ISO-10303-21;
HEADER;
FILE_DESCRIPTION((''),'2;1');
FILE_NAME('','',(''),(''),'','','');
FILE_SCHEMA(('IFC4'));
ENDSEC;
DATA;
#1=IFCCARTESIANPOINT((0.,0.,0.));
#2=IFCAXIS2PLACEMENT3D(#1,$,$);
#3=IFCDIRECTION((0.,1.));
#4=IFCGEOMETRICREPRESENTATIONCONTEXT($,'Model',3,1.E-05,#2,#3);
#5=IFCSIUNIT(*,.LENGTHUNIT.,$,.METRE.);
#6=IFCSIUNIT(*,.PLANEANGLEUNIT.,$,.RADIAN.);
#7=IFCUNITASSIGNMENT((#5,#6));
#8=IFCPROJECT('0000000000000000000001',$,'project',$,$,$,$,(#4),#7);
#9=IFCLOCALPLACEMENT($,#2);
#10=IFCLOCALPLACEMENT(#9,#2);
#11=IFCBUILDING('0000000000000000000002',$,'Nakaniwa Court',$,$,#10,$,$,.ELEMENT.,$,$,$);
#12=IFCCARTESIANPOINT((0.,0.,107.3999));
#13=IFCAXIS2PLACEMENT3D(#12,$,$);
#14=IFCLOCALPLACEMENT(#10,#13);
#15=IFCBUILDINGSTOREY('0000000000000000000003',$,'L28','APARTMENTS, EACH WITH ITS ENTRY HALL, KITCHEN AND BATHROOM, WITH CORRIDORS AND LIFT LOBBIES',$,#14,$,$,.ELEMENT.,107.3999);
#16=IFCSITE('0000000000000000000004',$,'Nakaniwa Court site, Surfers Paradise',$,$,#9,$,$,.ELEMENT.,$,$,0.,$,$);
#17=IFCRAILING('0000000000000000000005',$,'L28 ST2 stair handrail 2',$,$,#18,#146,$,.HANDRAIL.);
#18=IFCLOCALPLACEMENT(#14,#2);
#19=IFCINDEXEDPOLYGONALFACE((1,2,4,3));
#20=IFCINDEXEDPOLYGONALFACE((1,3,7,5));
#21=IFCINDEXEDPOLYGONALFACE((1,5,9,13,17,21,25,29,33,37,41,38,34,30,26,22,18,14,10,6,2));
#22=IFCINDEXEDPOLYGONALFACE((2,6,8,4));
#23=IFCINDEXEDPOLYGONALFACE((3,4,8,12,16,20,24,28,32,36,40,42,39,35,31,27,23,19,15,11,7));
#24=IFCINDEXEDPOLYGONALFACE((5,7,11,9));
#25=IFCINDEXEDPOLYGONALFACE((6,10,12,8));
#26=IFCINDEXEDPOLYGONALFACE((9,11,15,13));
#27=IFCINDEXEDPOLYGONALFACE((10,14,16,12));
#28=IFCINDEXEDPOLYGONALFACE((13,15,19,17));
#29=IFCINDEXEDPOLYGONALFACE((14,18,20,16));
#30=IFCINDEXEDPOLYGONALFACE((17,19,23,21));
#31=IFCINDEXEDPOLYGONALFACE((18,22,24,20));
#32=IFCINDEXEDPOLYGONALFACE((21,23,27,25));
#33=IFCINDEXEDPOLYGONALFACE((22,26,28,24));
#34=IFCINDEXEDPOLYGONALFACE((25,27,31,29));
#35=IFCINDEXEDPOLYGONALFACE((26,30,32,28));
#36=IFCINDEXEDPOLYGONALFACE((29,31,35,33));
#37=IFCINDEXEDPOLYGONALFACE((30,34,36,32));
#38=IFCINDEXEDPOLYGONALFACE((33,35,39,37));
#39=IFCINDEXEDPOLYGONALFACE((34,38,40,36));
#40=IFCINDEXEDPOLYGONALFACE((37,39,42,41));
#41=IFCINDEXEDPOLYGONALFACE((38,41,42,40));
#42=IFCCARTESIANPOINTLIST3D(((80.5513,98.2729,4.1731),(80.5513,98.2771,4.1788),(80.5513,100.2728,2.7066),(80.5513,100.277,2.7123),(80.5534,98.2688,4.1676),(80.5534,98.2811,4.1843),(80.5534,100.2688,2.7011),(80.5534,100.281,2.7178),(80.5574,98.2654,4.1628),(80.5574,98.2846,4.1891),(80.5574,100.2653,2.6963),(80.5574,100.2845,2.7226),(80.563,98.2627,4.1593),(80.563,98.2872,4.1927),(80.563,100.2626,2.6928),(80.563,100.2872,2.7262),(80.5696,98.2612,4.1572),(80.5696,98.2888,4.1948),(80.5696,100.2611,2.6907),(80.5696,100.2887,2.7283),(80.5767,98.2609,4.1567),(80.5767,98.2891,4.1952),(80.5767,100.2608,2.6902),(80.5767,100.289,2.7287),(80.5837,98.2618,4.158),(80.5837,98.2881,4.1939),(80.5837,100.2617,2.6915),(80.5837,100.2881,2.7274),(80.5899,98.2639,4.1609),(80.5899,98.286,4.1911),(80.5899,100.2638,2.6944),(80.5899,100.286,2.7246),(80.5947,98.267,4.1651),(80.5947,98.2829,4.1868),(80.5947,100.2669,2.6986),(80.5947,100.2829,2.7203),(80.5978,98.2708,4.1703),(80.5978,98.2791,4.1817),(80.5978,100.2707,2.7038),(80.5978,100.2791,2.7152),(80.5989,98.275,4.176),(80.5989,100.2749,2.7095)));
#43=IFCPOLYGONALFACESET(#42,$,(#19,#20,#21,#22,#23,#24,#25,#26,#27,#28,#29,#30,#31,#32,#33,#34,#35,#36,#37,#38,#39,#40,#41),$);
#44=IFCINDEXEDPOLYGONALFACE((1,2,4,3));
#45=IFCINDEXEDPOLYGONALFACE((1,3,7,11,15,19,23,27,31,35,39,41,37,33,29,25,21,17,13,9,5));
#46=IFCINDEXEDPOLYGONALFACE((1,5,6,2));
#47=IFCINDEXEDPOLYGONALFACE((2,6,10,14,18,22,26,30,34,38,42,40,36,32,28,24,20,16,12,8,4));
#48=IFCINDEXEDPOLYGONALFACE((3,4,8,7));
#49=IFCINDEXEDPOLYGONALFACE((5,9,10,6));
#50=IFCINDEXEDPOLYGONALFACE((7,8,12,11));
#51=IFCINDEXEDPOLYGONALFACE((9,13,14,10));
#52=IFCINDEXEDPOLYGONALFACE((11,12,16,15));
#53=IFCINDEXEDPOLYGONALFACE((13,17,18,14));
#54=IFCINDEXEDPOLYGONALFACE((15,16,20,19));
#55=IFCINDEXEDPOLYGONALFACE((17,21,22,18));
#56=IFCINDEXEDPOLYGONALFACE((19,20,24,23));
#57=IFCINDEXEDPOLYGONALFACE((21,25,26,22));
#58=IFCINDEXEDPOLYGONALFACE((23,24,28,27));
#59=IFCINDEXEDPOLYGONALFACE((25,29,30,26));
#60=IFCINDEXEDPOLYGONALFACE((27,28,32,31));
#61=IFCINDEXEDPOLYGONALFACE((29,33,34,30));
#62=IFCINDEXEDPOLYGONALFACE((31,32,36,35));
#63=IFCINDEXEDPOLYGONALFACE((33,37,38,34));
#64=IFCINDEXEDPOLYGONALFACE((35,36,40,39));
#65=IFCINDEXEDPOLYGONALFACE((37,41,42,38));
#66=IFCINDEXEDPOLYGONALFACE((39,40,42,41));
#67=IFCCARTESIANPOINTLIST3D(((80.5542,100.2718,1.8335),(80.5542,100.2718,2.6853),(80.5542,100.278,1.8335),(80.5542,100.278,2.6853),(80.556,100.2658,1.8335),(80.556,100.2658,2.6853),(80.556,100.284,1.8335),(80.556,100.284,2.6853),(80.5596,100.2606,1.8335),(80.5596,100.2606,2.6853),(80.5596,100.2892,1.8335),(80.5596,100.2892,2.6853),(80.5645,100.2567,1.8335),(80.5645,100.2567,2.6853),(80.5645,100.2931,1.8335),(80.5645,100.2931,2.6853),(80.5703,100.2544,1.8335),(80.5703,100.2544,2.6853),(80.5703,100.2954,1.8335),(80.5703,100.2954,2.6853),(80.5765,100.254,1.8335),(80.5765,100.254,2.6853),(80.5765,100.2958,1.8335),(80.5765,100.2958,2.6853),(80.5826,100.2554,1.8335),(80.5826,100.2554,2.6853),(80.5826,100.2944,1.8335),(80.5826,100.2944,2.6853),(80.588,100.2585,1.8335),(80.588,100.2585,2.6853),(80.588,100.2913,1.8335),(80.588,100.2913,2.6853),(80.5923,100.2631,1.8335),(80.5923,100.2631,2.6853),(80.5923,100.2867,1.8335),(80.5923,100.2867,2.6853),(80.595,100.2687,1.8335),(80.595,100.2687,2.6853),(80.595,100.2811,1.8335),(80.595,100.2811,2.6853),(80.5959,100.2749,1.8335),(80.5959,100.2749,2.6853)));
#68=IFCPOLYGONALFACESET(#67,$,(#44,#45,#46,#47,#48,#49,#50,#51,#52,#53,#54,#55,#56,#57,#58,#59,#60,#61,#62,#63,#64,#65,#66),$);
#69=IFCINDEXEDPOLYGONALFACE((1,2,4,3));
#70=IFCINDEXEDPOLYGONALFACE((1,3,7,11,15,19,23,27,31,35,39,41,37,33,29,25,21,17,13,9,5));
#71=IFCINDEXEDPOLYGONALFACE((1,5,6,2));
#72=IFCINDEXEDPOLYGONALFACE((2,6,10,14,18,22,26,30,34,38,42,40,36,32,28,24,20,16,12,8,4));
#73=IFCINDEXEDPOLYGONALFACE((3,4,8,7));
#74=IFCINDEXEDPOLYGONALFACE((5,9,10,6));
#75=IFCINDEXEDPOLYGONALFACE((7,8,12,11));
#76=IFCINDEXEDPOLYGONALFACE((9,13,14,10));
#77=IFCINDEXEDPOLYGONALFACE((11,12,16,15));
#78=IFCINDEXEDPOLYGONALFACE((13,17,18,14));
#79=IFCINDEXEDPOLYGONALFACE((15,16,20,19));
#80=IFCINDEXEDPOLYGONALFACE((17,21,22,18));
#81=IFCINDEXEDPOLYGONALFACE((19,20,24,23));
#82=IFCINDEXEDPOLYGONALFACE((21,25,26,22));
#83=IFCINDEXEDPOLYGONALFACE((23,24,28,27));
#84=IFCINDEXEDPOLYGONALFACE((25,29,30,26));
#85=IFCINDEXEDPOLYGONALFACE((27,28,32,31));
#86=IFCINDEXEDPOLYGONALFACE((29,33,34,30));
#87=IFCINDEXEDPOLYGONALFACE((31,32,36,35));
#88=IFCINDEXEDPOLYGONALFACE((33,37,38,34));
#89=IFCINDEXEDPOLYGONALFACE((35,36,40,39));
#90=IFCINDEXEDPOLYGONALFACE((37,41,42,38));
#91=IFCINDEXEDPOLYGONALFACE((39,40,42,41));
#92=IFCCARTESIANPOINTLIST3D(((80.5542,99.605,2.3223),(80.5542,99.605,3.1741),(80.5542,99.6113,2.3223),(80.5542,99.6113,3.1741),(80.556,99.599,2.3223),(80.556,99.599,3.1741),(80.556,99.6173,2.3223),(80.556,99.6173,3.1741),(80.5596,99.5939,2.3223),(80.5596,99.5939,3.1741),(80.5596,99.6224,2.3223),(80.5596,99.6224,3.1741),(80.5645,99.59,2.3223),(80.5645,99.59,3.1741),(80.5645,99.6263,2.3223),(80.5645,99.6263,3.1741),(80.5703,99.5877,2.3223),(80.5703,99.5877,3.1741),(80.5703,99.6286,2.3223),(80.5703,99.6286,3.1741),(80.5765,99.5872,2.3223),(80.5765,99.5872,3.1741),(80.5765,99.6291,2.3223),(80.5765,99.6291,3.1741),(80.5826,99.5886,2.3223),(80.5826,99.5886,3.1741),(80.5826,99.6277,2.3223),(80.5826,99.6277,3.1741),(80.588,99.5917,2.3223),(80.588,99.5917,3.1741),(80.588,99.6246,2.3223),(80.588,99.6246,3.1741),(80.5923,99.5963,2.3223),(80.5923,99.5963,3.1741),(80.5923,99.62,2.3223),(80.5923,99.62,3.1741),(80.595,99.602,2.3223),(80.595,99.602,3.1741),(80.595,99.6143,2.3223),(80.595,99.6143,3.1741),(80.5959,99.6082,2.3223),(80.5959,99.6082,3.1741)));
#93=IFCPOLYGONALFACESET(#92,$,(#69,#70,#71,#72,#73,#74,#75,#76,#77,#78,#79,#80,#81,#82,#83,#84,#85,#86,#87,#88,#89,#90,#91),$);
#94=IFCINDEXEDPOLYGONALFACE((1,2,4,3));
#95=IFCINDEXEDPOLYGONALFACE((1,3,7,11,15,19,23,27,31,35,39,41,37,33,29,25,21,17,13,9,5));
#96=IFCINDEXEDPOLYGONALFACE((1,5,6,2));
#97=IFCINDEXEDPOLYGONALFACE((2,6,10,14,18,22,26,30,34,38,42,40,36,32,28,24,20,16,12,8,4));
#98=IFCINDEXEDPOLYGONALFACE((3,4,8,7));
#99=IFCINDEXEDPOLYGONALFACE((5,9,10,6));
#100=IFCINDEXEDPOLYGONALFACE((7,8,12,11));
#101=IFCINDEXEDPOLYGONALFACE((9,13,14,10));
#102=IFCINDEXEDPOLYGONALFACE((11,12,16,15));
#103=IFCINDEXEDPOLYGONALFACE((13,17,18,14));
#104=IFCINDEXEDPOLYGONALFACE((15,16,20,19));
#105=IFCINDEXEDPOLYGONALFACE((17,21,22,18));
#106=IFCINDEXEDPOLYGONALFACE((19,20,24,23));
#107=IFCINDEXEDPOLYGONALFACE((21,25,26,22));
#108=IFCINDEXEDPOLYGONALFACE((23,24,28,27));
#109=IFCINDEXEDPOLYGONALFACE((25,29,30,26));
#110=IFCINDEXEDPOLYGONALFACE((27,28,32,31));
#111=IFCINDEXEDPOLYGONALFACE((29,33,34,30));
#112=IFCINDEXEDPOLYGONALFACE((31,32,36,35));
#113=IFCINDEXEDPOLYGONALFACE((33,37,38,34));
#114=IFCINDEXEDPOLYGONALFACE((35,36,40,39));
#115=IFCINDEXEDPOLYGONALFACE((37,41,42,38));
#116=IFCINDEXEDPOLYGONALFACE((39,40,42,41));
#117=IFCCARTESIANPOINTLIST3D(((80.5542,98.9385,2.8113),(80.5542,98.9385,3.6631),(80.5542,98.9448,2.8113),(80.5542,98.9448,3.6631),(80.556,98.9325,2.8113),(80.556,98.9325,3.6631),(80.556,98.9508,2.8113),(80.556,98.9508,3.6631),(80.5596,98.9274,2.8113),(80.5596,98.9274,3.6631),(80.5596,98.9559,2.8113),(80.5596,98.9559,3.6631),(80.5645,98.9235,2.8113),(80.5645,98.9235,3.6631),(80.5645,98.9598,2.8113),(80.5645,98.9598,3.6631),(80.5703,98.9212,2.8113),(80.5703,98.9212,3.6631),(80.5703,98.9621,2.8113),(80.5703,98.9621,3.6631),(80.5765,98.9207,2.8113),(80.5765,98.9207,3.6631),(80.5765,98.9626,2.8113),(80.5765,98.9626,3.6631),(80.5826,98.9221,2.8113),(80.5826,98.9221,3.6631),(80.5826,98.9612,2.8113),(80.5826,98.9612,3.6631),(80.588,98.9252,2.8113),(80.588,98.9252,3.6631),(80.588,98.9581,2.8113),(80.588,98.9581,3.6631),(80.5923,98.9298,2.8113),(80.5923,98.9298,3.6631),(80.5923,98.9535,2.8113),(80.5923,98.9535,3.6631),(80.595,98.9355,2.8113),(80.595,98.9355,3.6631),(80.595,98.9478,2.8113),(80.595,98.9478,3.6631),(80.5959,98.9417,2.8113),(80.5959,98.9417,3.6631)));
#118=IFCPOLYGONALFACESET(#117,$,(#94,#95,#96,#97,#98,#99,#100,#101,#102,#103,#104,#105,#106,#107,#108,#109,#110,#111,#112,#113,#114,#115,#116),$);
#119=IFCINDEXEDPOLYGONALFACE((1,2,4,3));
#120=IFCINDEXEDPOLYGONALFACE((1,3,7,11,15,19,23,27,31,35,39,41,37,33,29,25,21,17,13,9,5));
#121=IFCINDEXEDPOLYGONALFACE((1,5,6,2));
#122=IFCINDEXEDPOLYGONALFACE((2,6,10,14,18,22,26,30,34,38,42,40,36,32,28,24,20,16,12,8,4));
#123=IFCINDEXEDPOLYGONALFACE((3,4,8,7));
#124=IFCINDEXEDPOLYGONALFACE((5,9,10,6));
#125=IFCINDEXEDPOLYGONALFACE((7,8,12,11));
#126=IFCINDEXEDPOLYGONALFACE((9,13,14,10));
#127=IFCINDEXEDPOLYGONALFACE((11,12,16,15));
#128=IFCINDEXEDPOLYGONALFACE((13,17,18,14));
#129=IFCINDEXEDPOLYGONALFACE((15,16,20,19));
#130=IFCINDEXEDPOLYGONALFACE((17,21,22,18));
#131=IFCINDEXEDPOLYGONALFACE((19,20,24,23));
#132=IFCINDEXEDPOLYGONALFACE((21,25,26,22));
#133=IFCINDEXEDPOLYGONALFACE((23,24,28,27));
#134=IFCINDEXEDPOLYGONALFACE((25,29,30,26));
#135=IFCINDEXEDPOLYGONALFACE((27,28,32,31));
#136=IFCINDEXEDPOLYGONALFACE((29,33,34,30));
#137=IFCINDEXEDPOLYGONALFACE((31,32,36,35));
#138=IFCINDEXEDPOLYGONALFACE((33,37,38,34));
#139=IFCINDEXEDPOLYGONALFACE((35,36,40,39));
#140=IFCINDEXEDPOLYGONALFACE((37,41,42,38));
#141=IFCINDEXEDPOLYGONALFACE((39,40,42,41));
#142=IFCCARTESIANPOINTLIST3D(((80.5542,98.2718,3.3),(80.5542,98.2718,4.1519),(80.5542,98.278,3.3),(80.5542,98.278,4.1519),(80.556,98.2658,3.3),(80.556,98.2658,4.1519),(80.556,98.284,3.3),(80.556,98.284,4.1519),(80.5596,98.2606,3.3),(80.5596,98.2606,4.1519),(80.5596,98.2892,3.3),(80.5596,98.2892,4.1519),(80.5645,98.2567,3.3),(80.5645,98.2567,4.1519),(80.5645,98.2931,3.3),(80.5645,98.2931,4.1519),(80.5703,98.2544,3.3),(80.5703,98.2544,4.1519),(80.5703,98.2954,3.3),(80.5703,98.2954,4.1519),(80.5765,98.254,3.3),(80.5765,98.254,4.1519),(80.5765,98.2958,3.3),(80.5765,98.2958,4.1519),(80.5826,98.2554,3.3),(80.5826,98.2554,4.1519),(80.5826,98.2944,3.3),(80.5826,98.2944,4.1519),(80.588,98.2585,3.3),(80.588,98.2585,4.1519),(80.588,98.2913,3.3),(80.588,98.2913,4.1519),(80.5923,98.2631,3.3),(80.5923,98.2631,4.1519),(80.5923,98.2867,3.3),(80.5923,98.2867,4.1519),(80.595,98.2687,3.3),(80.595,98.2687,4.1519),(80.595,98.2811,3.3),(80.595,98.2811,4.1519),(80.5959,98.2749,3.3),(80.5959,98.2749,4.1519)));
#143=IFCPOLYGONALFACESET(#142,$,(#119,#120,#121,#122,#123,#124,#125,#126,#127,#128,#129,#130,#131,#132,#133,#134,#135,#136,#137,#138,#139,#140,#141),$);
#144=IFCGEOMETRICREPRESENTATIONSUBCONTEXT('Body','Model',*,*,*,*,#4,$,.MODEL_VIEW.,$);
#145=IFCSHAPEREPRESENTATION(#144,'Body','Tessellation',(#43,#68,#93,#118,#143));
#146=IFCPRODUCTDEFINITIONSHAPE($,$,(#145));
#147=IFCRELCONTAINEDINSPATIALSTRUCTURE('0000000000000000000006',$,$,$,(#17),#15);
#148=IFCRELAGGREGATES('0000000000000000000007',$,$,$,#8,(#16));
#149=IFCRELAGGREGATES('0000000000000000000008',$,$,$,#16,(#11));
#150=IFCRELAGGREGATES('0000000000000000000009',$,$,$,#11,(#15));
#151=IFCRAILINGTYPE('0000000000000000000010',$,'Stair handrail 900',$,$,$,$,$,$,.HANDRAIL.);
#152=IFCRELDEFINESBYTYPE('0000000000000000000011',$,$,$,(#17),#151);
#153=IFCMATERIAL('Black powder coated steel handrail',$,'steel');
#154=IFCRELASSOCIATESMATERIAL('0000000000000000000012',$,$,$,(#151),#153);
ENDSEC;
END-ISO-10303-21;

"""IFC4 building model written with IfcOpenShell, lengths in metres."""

from ifc_helpers import new_model, si_unit, direction, frame, origin, origin_2d, place, context, subcontext, project, spatial, circle, extrude, material, type_object, element, save


model = new_model("IFC4")

# Units and contexts
model_context = context("Model", 3, precision=1e-05, world=origin(), true_north=direction((0.0, 1.0)))
body_context = subcontext(model_context, "Body", "Model", "MODEL_VIEW")
ifc_project = project(units=[si_unit("LENGTHUNIT", "METRE"), si_unit("PLANEANGLEUNIT", "RADIAN")], contexts=[model_context])

# Site, building, storey
site_placement = place(None, origin())
site = spatial("IfcSite", under=ifc_project, at=site_placement, Name="Nakaniwa Court site, Surfers Paradise", CompositionType="ELEMENT", RefElevation=0.0)
building_placement = place(site_placement, origin())
building = spatial("IfcBuilding", under=site, at=building_placement, Name="Nakaniwa Court", CompositionType="ELEMENT")
storey_placement = place(building_placement, frame((0.0, 0.0, 107.3999)))
storey = spatial("IfcBuildingStorey", under=building, at=storey_placement, Name="L28", Description="APARTMENTS, EACH WITH ITS ENTRY HALL, KITCHEN AND BATHROOM, WITH CORRIDORS AND LIFT LOBBIES", CompositionType="ELEMENT", Elevation=107.3999)

# Railing
ifc_material_1 = material(Name="Black powder coated steel handrail", Category="steel")
railing_type_1 = type_object("IfcRailingType", Name="Stair handrail 900", PredefinedType="HANDRAIL", material=ifc_material_1)
railing_1_placement = place(storey_placement, frame((80.575, 100.2749, 1.8335)))
element("IfcRailing", 1, at=railing_1_placement, inside=storey, type_object=railing_type_1, Name="L28 ST2 stair handrail 2", PredefinedType="HANDRAIL", context=body_context, shape_type="SweptSolid", body=[
    extrude(circle(Radius=0.0239, at=origin_2d()), frame((0.0, 0.0, 0.876), z_axis=(0.0, -0.806427, 0.591334), x_axis=(1.0, 0.0, 0.0)), (0.0, 0.0, 1.0), 2.48),
    extrude(circle(Radius=0.021, at=origin_2d()), origin(), (0.0, 0.0, 1.0), 0.8518),
    extrude(circle(Radius=0.021, at=origin_2d()), frame((0.0, -0.6667, 0.4888)), (0.0, 0.0, 1.0), 0.8518),
    extrude(circle(Radius=0.021, at=origin_2d()), frame((0.0, -1.3333, 0.9778)), (0.0, 0.0, 1.0), 0.8518),
    extrude(circle(Radius=0.021, at=origin_2d()), frame((0.0, -2.0, 1.4666)), (0.0, 0.0, 1.0), 0.8518),
])

save(model, "model.ifc")
